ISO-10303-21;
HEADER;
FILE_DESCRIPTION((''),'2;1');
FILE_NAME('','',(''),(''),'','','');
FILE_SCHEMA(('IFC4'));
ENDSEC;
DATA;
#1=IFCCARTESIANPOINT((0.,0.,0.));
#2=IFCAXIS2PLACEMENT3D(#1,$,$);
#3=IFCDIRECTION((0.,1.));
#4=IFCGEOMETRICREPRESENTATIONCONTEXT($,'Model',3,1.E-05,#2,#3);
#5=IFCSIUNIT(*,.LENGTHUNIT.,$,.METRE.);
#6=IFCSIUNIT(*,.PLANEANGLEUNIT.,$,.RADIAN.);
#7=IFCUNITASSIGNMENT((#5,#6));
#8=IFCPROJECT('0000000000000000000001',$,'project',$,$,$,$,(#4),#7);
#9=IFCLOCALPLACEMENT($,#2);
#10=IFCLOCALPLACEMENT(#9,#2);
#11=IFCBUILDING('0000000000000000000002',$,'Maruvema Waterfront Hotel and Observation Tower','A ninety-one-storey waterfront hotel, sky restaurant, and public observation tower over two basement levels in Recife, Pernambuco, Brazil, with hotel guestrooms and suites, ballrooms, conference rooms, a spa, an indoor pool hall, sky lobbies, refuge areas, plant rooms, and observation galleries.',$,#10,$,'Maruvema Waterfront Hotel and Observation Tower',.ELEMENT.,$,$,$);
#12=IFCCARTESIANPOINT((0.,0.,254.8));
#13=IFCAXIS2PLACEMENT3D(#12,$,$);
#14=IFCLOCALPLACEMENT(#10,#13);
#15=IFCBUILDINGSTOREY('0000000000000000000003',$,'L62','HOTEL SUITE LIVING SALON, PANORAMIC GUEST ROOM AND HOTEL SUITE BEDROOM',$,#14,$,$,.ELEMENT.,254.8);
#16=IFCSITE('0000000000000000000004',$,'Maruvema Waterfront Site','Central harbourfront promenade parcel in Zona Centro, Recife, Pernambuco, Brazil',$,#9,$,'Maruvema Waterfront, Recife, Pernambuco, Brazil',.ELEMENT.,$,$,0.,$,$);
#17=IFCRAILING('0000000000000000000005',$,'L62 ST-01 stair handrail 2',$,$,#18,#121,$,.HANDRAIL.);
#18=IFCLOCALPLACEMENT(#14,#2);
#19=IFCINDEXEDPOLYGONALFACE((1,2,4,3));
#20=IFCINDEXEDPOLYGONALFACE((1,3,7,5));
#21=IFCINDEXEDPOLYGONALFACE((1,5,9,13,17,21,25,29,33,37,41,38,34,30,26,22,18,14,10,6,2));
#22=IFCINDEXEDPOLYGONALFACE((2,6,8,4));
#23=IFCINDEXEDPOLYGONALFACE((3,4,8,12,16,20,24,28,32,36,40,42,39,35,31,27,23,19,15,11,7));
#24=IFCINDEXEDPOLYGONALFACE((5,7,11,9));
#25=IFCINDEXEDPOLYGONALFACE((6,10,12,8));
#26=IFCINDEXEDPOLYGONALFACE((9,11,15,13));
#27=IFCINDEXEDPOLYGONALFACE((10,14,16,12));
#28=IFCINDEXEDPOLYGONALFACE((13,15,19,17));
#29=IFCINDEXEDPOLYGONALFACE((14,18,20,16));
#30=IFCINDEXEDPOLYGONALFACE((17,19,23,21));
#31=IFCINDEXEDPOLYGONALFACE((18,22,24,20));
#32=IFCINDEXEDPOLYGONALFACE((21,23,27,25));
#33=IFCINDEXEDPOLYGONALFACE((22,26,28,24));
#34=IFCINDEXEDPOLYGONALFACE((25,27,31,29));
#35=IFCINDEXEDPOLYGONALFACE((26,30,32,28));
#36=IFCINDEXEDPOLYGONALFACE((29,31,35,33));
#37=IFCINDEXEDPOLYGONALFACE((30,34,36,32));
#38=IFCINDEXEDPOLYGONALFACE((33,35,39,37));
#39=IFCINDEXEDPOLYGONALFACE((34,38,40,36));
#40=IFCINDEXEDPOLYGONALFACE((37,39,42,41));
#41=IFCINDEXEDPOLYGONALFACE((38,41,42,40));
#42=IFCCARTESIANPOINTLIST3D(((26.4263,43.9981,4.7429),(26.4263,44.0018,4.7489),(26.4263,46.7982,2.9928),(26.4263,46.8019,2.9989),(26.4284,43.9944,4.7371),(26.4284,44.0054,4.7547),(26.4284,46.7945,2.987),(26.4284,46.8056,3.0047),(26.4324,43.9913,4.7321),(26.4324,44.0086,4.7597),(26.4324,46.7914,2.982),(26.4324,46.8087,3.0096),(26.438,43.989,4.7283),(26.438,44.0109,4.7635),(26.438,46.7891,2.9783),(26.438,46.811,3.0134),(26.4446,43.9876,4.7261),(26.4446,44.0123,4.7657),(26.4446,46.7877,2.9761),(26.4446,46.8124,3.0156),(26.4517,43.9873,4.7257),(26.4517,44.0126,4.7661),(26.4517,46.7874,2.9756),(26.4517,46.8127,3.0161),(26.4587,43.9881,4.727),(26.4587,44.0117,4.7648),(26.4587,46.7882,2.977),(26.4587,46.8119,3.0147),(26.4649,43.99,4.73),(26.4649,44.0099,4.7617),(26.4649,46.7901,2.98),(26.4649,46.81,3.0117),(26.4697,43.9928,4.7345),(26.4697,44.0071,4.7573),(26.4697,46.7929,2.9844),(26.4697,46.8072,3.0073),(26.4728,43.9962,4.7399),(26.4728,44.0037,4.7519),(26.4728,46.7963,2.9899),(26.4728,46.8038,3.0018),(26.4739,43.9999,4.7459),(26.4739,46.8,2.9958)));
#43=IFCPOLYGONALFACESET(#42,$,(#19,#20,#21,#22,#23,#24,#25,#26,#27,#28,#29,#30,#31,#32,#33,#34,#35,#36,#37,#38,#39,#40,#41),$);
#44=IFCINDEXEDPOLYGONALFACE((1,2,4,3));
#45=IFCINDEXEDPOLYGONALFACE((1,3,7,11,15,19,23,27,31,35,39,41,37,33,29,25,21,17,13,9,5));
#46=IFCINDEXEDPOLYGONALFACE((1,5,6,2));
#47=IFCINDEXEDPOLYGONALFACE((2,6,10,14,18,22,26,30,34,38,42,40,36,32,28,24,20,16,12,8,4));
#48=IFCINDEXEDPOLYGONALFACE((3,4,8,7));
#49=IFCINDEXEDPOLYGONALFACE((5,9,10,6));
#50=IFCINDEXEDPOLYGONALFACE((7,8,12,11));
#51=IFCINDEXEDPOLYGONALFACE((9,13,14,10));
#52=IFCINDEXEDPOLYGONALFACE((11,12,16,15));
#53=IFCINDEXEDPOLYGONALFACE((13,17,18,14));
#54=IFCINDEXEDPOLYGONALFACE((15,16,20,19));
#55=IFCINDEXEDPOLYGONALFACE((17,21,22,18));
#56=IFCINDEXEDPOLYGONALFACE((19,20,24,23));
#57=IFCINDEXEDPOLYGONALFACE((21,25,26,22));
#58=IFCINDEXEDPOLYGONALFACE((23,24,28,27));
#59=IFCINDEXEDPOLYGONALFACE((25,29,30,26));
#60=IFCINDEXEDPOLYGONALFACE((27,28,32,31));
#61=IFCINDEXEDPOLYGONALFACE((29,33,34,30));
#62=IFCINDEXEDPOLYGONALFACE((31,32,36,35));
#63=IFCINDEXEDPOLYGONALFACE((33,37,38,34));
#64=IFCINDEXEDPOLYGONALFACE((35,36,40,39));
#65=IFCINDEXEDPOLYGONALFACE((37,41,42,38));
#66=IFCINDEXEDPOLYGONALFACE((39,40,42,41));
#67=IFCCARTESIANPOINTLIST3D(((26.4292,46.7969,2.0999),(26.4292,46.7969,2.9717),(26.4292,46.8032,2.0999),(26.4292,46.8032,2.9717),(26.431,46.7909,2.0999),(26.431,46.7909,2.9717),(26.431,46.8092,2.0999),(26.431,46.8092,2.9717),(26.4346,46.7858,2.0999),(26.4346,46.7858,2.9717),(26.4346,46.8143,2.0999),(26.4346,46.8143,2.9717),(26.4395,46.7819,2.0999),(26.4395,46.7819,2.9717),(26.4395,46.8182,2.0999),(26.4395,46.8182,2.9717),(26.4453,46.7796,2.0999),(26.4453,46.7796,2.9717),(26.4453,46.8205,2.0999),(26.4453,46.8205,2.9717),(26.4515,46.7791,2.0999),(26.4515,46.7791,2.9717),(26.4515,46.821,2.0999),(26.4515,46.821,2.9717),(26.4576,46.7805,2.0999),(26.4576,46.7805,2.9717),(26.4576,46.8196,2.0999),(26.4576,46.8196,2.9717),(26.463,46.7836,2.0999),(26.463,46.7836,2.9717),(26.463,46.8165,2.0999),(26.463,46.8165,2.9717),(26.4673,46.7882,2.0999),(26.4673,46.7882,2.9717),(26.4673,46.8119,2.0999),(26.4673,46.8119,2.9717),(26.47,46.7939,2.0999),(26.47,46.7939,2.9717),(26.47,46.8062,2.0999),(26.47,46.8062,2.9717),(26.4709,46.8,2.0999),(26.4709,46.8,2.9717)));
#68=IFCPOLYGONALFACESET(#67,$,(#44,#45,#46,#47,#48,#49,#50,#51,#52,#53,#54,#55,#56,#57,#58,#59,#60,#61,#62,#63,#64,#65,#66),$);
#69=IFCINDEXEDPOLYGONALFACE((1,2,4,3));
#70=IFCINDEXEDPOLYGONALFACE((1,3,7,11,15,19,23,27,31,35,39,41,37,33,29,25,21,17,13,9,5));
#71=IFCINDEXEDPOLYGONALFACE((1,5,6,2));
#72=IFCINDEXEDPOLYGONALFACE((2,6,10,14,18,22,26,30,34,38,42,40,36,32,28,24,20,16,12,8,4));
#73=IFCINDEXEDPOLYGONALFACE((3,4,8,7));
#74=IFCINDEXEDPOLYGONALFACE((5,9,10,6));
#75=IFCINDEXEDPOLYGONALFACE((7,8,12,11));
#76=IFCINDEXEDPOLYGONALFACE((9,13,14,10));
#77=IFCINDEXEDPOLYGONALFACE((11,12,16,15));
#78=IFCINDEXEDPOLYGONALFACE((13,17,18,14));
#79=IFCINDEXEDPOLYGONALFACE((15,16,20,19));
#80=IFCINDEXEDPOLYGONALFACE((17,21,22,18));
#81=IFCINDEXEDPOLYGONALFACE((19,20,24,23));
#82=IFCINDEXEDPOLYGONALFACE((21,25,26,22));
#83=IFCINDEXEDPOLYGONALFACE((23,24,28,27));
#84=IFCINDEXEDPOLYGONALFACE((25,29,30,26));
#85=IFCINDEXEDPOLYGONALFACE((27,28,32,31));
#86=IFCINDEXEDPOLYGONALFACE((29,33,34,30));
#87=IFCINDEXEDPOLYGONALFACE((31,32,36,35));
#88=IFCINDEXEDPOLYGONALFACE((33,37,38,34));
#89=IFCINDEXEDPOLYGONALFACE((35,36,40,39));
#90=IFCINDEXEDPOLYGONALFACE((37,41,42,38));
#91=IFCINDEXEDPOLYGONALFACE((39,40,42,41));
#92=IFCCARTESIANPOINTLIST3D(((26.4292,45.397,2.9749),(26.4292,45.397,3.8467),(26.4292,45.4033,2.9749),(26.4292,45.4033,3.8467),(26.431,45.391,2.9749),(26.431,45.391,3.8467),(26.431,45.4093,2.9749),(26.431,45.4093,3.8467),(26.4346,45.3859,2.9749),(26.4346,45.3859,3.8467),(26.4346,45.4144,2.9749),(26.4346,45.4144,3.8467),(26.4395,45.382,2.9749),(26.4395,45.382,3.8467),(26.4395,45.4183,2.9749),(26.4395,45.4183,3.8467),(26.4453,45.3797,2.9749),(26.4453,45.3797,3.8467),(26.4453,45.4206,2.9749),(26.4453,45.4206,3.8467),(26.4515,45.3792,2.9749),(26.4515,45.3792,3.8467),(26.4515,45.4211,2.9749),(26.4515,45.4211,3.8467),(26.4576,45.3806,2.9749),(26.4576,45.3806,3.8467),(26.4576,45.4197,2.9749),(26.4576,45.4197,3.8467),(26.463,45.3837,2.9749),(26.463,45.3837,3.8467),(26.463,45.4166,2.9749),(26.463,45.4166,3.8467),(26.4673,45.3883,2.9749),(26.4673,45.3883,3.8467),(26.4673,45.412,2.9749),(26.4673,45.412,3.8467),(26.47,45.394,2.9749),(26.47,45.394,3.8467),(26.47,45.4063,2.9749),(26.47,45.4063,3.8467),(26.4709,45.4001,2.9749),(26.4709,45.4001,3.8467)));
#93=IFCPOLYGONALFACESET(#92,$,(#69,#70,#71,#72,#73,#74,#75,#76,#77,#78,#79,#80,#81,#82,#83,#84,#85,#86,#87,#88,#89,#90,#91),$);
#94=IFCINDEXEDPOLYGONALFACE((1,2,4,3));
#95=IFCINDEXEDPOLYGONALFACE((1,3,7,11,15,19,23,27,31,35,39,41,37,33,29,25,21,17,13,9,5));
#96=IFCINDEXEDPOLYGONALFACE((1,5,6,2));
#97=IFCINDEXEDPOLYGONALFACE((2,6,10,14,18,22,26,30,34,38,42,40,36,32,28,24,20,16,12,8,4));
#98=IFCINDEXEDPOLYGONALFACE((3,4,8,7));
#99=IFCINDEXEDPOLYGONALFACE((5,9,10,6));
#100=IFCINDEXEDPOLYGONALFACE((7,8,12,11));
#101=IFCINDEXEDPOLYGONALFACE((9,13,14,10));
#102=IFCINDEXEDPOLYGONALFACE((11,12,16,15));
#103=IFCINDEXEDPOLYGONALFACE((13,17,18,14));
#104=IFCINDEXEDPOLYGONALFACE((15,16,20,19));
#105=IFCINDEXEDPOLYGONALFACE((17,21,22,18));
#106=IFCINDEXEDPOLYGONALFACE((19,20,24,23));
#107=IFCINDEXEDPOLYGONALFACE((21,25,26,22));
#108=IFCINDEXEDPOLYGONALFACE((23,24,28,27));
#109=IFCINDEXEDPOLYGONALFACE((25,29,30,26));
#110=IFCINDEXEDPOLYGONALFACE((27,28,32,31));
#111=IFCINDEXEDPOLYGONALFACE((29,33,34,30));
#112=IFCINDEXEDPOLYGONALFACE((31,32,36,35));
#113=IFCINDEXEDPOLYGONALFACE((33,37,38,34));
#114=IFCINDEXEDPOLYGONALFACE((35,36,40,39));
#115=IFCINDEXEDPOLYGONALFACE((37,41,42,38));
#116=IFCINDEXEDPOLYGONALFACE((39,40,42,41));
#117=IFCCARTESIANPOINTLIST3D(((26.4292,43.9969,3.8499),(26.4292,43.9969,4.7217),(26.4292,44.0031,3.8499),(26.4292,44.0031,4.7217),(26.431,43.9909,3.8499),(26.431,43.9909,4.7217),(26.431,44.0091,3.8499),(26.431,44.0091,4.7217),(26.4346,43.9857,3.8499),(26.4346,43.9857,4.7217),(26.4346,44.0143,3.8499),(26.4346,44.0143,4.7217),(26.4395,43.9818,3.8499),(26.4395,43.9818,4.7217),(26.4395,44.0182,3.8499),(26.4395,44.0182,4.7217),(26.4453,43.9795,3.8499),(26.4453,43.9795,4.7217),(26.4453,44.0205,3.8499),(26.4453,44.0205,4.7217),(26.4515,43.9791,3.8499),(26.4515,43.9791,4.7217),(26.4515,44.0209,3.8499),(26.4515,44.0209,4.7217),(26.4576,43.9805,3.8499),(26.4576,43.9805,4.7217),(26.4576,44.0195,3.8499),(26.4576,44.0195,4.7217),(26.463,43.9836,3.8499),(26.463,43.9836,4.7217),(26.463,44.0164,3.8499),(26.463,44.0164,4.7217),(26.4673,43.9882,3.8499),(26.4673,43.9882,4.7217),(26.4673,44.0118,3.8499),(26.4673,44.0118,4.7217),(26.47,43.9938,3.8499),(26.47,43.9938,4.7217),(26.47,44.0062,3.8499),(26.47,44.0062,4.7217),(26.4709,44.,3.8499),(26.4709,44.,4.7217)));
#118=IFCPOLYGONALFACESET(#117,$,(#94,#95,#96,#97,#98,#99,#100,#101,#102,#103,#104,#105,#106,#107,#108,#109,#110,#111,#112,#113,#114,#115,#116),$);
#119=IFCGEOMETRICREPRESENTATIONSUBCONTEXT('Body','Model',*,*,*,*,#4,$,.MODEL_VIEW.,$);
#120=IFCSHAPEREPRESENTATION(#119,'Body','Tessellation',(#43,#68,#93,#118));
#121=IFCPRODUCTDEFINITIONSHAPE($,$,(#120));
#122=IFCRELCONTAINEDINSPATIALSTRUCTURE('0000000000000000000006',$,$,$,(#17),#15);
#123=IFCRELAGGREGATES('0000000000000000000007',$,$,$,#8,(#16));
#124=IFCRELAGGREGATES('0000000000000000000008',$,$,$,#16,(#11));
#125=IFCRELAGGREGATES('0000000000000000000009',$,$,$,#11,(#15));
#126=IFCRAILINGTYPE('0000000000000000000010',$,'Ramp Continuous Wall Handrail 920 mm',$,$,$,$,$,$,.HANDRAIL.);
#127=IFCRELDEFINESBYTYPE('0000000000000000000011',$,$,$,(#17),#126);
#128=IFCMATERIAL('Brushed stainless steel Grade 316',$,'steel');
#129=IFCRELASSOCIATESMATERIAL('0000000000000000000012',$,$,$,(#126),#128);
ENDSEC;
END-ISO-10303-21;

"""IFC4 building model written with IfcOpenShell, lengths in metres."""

from ifc_helpers import new_model, si_unit, direction, frame, origin, origin_2d, place, context, subcontext, project, spatial, circle, extrude, material, type_object, element, save


model = new_model("IFC4")

# Units and contexts
model_context = context("Model", 3, precision=1e-05, world=origin(), true_north=direction((0.0, 1.0)))
body_context = subcontext(model_context, "Body", "Model", "MODEL_VIEW")
ifc_project = project(units=[si_unit("LENGTHUNIT", "METRE"), si_unit("PLANEANGLEUNIT", "RADIAN")], contexts=[model_context])

# Site, building, storey
site_placement = place(None, origin())
site = spatial("IfcSite", under=ifc_project, at=site_placement, Name="Maruvema Waterfront Site", Description="Central harbourfront promenade parcel in Zona Centro, Recife, Pernambuco, Brazil", LongName="Maruvema Waterfront, Recife, Pernambuco, Brazil", CompositionType="ELEMENT", RefElevation=0.0)
building_placement = place(site_placement, origin())
building = spatial("IfcBuilding", under=site, at=building_placement, Name="Maruvema Waterfront Hotel and Observation Tower", Description="A ninety-one-storey waterfront hotel, sky restaurant, and public observation tower over two basement levels in Recife, Pernambuco, Brazil, with hotel guestrooms and suites, ballrooms, conference rooms, a spa, an indoor pool hall, sky lobbies, refuge areas, plant rooms, and observation galleries.", LongName="Maruvema Waterfront Hotel and Observation Tower", CompositionType="ELEMENT")
storey_placement = place(building_placement, frame((0.0, 0.0, 254.8)))
storey = spatial("IfcBuildingStorey", under=building, at=storey_placement, Name="L62", Description="HOTEL SUITE LIVING SALON, PANORAMIC GUEST ROOM AND HOTEL SUITE BEDROOM", CompositionType="ELEMENT", Elevation=254.8)

# Railing
ifc_material_1 = material(Name="Brushed stainless steel Grade 316", Category="steel")
railing_type_1 = type_object("IfcRailingType", Name="Ramp Continuous Wall Handrail 920 mm", PredefinedType="HANDRAIL", material=ifc_material_1)
railing_1_placement = place(storey_placement, frame((26.45, 46.8, 2.0999)))
element("IfcRailing", 1, at=railing_1_placement, inside=storey, type_object=railing_type_1, Name="L62 ST-01 stair handrail 2", PredefinedType="HANDRAIL", context=body_context, shape_type="SweptSolid", body=[
    extrude(circle(Radius=0.0239, at=origin_2d()), frame((0.0, 0.0, 0.896), z_axis=(0.0, -0.848002, 0.529992), x_axis=(1.0, 0.0, 0.0)), (0.0, 0.0, 1.0), 3.302),
    extrude(circle(Radius=0.021, at=origin_2d()), origin(), (0.0, 0.0, 1.0), 0.8718),
    extrude(circle(Radius=0.021, at=origin_2d()), frame((0.0, -1.3999, 0.875)), (0.0, 0.0, 1.0), 0.8718),
    extrude(circle(Radius=0.021, at=origin_2d()), frame((0.0, -2.8, 1.75)), (0.0, 0.0, 1.0), 0.8718),
])

save(model, "model.ifc")
